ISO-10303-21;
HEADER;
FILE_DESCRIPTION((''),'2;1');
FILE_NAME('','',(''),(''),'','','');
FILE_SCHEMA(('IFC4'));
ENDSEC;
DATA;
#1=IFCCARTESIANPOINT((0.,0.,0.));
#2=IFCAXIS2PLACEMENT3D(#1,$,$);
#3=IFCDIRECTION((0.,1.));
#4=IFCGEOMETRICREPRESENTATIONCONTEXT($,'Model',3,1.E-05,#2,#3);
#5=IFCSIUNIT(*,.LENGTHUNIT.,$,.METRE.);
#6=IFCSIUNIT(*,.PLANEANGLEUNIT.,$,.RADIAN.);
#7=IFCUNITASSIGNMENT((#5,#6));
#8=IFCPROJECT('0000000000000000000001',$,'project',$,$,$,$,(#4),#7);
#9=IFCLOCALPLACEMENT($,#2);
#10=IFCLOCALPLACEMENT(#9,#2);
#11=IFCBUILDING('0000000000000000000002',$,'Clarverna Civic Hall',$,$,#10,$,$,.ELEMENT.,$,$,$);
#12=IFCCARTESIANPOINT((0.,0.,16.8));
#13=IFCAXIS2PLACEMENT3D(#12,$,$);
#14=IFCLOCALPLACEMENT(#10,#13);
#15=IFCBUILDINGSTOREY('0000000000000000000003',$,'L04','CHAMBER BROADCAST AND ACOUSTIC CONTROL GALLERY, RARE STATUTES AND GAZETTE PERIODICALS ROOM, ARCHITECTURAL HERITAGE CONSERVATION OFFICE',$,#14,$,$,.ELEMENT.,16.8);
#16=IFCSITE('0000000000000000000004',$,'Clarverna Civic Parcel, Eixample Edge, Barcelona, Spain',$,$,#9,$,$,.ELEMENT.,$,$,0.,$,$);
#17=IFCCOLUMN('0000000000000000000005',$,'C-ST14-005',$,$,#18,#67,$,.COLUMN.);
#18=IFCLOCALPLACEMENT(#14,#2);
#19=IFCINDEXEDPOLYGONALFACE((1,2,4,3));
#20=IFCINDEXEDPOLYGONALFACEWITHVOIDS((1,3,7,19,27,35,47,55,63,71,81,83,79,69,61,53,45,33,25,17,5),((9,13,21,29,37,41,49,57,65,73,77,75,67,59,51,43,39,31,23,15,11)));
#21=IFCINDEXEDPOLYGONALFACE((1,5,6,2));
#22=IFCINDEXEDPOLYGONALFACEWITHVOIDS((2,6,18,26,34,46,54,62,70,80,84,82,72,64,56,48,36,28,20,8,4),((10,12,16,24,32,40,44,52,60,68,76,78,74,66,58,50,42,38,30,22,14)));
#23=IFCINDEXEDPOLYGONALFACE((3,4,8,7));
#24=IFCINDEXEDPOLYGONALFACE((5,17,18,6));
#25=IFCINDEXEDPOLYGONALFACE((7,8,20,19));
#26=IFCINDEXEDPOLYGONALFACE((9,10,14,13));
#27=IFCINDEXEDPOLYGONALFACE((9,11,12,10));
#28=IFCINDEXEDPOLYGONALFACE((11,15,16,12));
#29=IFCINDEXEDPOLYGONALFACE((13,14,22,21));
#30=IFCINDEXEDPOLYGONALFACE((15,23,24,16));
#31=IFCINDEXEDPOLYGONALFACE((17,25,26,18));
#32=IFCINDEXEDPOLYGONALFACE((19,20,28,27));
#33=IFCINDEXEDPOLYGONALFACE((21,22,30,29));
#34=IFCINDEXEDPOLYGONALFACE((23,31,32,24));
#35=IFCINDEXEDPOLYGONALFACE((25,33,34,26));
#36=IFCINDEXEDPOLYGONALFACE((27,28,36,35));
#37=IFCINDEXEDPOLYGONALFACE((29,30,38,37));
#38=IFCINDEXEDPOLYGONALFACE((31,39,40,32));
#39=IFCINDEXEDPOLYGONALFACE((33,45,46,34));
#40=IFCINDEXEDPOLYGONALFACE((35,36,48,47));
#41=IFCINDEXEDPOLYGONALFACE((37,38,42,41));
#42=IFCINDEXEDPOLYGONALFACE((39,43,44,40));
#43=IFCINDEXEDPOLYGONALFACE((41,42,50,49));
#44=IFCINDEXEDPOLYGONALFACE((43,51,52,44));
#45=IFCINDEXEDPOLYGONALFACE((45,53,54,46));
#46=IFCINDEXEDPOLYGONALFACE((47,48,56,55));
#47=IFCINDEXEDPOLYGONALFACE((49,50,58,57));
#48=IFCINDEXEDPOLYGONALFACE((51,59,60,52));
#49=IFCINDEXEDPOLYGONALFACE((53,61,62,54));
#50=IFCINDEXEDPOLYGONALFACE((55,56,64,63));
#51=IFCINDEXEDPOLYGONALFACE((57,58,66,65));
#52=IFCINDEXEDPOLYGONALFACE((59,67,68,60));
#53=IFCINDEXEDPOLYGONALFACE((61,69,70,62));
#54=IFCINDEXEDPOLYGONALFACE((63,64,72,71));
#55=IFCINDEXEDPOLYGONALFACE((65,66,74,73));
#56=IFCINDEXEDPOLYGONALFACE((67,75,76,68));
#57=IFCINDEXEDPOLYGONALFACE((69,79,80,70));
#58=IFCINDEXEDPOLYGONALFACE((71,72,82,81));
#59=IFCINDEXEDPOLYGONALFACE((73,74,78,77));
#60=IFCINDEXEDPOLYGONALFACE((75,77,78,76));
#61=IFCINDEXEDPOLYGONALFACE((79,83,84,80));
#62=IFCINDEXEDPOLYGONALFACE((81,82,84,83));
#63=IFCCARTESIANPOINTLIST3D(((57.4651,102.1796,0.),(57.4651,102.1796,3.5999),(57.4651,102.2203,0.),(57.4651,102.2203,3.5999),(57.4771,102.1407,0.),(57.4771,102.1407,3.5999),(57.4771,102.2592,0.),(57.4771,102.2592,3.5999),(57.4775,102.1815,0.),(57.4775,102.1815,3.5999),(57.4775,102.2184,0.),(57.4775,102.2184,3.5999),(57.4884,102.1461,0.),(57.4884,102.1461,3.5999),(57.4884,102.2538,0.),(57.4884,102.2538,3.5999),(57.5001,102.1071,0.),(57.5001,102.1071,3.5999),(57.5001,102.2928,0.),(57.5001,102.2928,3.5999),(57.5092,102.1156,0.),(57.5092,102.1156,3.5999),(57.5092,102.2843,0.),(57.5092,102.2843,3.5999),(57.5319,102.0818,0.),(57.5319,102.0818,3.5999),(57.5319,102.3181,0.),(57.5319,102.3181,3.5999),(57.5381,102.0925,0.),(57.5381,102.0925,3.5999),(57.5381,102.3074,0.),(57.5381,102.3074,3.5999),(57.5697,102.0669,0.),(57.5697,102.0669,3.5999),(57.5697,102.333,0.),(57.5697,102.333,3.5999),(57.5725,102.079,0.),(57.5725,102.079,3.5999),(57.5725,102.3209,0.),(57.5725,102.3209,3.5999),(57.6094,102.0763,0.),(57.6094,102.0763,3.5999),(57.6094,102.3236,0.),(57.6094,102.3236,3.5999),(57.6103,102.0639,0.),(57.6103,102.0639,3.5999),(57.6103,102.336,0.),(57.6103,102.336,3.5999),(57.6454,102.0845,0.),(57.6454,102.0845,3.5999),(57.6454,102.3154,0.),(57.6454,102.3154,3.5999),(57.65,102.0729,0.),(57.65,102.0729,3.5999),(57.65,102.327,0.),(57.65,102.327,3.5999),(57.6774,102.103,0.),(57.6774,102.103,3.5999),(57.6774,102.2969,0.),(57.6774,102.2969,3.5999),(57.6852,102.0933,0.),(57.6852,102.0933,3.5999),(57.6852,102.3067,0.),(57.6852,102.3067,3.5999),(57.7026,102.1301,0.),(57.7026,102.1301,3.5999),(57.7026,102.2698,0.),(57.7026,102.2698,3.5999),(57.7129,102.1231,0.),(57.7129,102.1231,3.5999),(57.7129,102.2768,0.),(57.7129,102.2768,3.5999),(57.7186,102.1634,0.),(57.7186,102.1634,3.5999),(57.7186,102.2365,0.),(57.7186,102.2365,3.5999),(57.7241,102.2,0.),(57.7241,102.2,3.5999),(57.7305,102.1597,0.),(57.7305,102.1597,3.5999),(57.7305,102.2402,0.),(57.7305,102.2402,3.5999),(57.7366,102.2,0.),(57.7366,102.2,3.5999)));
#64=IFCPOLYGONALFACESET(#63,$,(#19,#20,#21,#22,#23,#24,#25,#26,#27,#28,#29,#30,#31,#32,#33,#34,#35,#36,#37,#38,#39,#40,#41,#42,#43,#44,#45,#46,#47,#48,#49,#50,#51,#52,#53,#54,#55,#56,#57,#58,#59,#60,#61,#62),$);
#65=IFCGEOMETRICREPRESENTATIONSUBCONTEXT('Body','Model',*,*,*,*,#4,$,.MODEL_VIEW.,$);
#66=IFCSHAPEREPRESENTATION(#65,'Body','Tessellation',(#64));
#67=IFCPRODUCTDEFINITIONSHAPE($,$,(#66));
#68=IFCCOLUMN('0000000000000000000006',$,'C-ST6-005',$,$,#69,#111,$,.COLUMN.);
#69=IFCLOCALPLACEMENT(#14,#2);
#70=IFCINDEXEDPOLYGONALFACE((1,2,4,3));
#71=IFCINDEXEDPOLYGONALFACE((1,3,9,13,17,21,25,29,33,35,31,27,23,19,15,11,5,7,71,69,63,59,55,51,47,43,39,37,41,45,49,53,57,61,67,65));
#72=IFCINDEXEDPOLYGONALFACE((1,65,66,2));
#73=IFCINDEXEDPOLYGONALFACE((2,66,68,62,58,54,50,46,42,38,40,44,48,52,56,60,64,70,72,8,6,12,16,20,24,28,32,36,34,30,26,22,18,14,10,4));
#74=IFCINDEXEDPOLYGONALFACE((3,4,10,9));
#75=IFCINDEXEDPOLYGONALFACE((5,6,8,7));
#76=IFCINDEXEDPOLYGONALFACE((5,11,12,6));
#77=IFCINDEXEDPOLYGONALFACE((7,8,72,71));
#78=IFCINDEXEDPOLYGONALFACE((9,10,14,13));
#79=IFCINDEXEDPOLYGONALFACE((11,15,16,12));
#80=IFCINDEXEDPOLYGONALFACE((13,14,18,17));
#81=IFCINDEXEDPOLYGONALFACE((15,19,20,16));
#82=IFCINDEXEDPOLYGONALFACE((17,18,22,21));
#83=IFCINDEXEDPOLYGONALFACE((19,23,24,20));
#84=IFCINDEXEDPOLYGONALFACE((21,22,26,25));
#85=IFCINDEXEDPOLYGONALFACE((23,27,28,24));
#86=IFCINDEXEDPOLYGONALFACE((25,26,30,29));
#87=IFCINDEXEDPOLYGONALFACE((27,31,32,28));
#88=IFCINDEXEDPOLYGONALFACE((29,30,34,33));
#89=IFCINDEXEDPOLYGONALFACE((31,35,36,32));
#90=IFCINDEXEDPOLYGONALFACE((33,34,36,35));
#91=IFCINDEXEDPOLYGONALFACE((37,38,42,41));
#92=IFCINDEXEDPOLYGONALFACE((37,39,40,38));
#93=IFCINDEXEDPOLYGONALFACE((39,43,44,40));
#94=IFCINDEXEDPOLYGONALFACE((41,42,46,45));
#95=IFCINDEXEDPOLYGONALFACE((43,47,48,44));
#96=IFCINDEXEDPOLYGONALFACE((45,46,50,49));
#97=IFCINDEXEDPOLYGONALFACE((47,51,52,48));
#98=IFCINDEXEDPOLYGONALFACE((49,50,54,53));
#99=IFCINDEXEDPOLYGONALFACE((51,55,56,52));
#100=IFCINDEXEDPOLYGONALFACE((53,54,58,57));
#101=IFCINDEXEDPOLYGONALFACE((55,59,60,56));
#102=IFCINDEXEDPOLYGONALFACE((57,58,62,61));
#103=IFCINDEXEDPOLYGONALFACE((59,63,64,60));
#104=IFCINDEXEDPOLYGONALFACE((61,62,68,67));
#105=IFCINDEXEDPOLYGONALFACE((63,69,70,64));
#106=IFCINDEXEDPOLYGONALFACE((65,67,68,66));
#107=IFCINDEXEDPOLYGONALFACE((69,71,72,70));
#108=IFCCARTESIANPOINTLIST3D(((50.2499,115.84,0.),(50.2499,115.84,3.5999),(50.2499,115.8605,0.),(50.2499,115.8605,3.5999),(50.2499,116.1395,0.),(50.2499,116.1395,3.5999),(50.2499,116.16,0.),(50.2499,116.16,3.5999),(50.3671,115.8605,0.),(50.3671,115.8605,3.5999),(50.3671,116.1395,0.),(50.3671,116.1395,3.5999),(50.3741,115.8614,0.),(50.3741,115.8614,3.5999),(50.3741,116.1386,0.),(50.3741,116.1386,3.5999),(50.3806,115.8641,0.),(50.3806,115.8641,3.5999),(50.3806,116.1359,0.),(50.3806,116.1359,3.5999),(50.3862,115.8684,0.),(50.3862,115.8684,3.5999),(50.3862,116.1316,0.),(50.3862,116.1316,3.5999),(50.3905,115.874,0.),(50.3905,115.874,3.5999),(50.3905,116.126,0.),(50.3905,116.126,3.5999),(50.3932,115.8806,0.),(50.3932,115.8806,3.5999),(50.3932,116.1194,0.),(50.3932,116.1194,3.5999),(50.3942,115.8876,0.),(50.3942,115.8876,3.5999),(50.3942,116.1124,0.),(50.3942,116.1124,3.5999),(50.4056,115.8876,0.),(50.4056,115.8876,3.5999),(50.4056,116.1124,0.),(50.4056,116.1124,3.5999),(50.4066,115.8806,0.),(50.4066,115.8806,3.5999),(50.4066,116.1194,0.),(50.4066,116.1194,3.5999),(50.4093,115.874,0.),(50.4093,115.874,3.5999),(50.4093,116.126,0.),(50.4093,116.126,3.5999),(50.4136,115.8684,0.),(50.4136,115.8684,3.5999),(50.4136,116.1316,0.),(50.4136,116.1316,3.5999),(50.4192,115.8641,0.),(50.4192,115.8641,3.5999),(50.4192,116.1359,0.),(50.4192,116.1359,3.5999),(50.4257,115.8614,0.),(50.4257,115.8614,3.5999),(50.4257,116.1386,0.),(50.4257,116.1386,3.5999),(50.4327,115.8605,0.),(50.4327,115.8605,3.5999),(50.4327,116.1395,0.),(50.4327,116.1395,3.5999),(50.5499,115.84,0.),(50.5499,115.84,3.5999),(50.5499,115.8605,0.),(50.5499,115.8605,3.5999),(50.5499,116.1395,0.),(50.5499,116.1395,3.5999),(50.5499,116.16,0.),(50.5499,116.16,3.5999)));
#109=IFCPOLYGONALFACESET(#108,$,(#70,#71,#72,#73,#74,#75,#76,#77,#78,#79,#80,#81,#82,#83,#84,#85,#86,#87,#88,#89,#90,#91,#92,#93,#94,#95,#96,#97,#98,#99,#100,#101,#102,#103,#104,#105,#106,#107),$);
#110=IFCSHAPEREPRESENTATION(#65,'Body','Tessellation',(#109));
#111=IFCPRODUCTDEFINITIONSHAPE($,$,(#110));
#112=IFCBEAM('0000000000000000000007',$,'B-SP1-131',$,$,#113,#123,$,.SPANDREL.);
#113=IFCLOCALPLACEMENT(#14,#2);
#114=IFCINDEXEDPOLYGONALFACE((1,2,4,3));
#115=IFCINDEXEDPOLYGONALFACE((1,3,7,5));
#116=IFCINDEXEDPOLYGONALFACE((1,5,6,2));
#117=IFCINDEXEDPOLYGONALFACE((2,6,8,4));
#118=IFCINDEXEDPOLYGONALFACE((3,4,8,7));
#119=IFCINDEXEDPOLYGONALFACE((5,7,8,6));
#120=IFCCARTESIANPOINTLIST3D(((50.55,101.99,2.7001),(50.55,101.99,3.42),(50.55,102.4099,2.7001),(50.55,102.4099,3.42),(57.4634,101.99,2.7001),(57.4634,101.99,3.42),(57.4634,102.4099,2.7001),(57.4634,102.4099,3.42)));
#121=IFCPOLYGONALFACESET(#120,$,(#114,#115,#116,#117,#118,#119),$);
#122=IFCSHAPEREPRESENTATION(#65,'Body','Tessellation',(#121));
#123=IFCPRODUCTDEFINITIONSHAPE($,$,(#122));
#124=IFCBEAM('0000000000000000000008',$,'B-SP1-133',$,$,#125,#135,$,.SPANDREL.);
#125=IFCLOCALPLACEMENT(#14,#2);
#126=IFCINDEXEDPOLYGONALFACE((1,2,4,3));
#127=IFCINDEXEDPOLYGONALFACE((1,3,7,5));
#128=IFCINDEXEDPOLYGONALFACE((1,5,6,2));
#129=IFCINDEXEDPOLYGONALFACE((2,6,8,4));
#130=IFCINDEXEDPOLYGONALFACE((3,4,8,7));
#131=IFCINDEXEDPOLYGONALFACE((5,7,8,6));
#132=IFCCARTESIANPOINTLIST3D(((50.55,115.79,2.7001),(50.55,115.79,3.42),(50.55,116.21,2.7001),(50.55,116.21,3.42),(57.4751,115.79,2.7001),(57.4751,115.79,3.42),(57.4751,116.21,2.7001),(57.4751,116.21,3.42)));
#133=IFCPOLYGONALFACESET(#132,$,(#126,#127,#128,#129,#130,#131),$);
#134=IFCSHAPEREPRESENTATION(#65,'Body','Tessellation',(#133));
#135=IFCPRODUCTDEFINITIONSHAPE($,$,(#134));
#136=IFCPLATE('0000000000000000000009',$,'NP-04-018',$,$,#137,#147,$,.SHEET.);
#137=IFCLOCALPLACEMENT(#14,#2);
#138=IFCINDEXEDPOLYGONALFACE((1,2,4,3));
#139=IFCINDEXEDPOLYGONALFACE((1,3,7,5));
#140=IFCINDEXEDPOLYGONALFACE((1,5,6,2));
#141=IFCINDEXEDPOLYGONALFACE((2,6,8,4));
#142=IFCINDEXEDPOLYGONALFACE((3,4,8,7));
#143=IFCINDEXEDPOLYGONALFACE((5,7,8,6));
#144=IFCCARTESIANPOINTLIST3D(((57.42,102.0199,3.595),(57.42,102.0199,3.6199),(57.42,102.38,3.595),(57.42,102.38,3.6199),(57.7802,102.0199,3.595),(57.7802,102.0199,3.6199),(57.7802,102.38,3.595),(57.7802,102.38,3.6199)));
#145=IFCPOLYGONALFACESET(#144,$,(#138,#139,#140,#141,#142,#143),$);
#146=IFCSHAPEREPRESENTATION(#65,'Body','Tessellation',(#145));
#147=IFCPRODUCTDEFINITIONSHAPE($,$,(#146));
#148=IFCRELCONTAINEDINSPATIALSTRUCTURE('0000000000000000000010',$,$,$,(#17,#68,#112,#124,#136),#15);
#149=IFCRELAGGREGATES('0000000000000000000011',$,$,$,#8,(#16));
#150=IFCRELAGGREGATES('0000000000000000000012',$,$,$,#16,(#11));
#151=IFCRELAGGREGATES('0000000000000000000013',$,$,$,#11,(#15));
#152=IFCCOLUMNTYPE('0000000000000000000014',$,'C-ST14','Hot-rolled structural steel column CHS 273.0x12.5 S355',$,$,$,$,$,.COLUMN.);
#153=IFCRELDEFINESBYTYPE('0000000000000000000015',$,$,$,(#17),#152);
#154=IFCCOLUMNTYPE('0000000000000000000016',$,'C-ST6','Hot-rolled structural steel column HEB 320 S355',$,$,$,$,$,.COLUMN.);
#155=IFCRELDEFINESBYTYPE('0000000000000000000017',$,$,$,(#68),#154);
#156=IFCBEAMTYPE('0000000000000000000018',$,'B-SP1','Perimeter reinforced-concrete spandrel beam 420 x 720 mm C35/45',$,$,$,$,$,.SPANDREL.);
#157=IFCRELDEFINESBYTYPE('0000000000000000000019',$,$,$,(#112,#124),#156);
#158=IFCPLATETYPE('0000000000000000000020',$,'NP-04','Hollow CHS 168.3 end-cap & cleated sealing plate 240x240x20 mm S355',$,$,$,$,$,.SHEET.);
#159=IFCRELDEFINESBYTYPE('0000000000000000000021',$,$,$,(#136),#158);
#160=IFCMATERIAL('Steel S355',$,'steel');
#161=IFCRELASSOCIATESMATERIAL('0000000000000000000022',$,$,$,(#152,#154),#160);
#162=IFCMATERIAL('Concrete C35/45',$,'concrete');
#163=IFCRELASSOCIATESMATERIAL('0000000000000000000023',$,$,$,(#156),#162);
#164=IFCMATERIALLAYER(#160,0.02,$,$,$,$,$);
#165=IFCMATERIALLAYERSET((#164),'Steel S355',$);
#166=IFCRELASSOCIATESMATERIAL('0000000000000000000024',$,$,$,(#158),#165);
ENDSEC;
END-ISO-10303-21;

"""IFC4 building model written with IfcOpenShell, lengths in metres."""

from ifc_helpers import new_model, si_unit, direction, frame, origin, origin_2d, place, context, subcontext, project, spatial, rectangle, hollow_circle, i_section, extrude, material, layer, layer_set, material_profile, profile_set, type_object, element, save


model = new_model("IFC4")

# Units and contexts
model_context = context("Model", 3, precision=1e-05, world=origin(), true_north=direction((0.0, 1.0)))
body_context = subcontext(model_context, "Body", "Model", "MODEL_VIEW")
ifc_project = project(units=[si_unit("LENGTHUNIT", "METRE"), si_unit("PLANEANGLEUNIT", "RADIAN")], contexts=[model_context])

# Site, building, storey
site_placement = place(None, origin())
site = spatial("IfcSite", under=ifc_project, at=site_placement, Name="Clarverna Civic Parcel, Eixample Edge, Barcelona, Spain", CompositionType="ELEMENT", RefElevation=0.0)
building_placement = place(site_placement, origin())
building = spatial("IfcBuilding", under=site, at=building_placement, Name="Clarverna Civic Hall", CompositionType="ELEMENT")
storey_placement = place(building_placement, frame((0.0, 0.0, 16.8)))
storey = spatial("IfcBuildingStorey", under=building, at=storey_placement, Name="L04", Description="CHAMBER BROADCAST AND ACOUSTIC CONTROL GALLERY, RARE STATUTES AND GAZETTE PERIODICALS ROOM, ARCHITECTURAL HERITAGE CONSERVATION OFFICE", CompositionType="ELEMENT", Elevation=16.8)

# Columns
ifc_material_1 = material(Name="Steel S355", Category="steel")
ifc_material_profile_1 = material_profile(ifc_material_1, hollow_circle(Radius=0.1365, WallThickness=0.0125, at=origin_2d()), Name="CHS 273.0x12.5")
ifc_profile_set_1 = profile_set([ifc_material_profile_1], Name="Steel S355")
column_type_1 = type_object("IfcColumnType", Name="C-ST14", Description="Hot-rolled structural steel column CHS 273.0x12.5 S355", PredefinedType="COLUMN", material=ifc_profile_set_1)
column_1_placement = place(storey_placement, frame((57.6001, 102.2, 0.0), z_axis=(0.0, 0.0, 1.0), x_axis=(1.0, 0.0, 0.0)))
element("IfcColumn", 1, at=column_1_placement, inside=storey, type_object=column_type_1, Name="C-ST14-005", PredefinedType="COLUMN", context=body_context, shape_type="SweptSolid", body=[
    extrude(hollow_circle(Radius=0.1365, WallThickness=0.0125, at=origin_2d()), origin(), (0.0, 0.0, 1.0), 3.5999),
])
ifc_material_profile_2 = material_profile(ifc_material_1, i_section(OverallWidth=0.3, OverallDepth=0.3201, WebThickness=0.0115, FlangeThickness=0.0205, FilletRadius=0.0271, at=origin_2d()), Name="HEB 320")
ifc_profile_set_2 = profile_set([ifc_material_profile_2], Name="Steel S355")
column_type_2 = type_object("IfcColumnType", Name="C-ST6", Description="Hot-rolled structural steel column HEB 320 S355", PredefinedType="COLUMN", material=ifc_profile_set_2)
column_2_placement = place(storey_placement, frame((50.3999, 116.0, 0.0), z_axis=(0.0, 0.0, 1.0), x_axis=(1.0, 0.0, 0.0)))
element("IfcColumn", 2, at=column_2_placement, inside=storey, type_object=column_type_2, Name="C-ST6-005", PredefinedType="COLUMN", context=body_context, shape_type="SweptSolid", body=[
    extrude(i_section(OverallWidth=0.3, OverallDepth=0.3201, WebThickness=0.0115, FlangeThickness=0.0205, FilletRadius=0.0271, at=origin_2d()), origin(), (0.0, 0.0, 1.0), 3.5999),
])

# Beams
ifc_material_2 = material(Name="Concrete C35/45", Category="concrete")
ifc_material_profile_3 = material_profile(ifc_material_2, rectangle(XDim=0.4199, YDim=0.72, at=origin_2d()), Name="RC 420x720")
ifc_profile_set_3 = profile_set([ifc_material_profile_3], Name="Concrete C35/45")
beam_type = type_object("IfcBeamType", Name="B-SP1", Description="Perimeter reinforced-concrete spandrel beam 420 x 720 mm C35/45", PredefinedType="SPANDREL", material=ifc_profile_set_3)
beam_1_placement = place(storey_placement, frame((50.55, 102.2, 3.0601), z_axis=(1.0, 0.0, 0.0), x_axis=(0.0, 1.0, 0.0)))
element("IfcBeam", 3, at=beam_1_placement, inside=storey, type_object=beam_type, Name="B-SP1-131", PredefinedType="SPANDREL", context=body_context, shape_type="SweptSolid", body=[
    extrude(rectangle(XDim=0.4199, YDim=0.72, at=origin_2d()), origin(), (0.0, 0.0, 1.0), 6.9133),
])
beam_2_placement = place(storey_placement, frame((50.55, 116.0, 3.0601), z_axis=(1.0, 0.0, 0.0), x_axis=(0.0, 1.0, 0.0)))
element("IfcBeam", 4, at=beam_2_placement, inside=storey, type_object=beam_type, Name="B-SP1-133", PredefinedType="SPANDREL", context=body_context, shape_type="SweptSolid", body=[
    extrude(rectangle(XDim=0.4199, YDim=0.72, at=origin_2d()), origin(), (0.0, 0.0, 1.0), 6.925),
])

# Plate
ifc_layer_1 = layer(ifc_material_1, 0.02)
ifc_layer_set_1 = layer_set([ifc_layer_1], Name="Steel S355")
plate_type = type_object("IfcPlateType", Name="NP-04", Description="Hollow CHS 168.3 end-cap & cleated sealing plate 240x240x20 mm S355", PredefinedType="SHEET", material=ifc_layer_set_1)
plate_placement = place(storey_placement, frame((57.6001, 102.2, 3.595), z_axis=(0.0, 0.0, 1.0), x_axis=(1.0, 0.0, 0.0)))
element("IfcPlate", 5, at=plate_placement, inside=storey, type_object=plate_type, Name="NP-04-018", PredefinedType="SHEET", context=body_context, shape_type="SweptSolid", body=[
    extrude(rectangle(XDim=0.3601, YDim=0.3601, at=origin_2d()), origin(), (0.0, 0.0, 1.0), 0.0249),
])

save(model, "model.ifc")
